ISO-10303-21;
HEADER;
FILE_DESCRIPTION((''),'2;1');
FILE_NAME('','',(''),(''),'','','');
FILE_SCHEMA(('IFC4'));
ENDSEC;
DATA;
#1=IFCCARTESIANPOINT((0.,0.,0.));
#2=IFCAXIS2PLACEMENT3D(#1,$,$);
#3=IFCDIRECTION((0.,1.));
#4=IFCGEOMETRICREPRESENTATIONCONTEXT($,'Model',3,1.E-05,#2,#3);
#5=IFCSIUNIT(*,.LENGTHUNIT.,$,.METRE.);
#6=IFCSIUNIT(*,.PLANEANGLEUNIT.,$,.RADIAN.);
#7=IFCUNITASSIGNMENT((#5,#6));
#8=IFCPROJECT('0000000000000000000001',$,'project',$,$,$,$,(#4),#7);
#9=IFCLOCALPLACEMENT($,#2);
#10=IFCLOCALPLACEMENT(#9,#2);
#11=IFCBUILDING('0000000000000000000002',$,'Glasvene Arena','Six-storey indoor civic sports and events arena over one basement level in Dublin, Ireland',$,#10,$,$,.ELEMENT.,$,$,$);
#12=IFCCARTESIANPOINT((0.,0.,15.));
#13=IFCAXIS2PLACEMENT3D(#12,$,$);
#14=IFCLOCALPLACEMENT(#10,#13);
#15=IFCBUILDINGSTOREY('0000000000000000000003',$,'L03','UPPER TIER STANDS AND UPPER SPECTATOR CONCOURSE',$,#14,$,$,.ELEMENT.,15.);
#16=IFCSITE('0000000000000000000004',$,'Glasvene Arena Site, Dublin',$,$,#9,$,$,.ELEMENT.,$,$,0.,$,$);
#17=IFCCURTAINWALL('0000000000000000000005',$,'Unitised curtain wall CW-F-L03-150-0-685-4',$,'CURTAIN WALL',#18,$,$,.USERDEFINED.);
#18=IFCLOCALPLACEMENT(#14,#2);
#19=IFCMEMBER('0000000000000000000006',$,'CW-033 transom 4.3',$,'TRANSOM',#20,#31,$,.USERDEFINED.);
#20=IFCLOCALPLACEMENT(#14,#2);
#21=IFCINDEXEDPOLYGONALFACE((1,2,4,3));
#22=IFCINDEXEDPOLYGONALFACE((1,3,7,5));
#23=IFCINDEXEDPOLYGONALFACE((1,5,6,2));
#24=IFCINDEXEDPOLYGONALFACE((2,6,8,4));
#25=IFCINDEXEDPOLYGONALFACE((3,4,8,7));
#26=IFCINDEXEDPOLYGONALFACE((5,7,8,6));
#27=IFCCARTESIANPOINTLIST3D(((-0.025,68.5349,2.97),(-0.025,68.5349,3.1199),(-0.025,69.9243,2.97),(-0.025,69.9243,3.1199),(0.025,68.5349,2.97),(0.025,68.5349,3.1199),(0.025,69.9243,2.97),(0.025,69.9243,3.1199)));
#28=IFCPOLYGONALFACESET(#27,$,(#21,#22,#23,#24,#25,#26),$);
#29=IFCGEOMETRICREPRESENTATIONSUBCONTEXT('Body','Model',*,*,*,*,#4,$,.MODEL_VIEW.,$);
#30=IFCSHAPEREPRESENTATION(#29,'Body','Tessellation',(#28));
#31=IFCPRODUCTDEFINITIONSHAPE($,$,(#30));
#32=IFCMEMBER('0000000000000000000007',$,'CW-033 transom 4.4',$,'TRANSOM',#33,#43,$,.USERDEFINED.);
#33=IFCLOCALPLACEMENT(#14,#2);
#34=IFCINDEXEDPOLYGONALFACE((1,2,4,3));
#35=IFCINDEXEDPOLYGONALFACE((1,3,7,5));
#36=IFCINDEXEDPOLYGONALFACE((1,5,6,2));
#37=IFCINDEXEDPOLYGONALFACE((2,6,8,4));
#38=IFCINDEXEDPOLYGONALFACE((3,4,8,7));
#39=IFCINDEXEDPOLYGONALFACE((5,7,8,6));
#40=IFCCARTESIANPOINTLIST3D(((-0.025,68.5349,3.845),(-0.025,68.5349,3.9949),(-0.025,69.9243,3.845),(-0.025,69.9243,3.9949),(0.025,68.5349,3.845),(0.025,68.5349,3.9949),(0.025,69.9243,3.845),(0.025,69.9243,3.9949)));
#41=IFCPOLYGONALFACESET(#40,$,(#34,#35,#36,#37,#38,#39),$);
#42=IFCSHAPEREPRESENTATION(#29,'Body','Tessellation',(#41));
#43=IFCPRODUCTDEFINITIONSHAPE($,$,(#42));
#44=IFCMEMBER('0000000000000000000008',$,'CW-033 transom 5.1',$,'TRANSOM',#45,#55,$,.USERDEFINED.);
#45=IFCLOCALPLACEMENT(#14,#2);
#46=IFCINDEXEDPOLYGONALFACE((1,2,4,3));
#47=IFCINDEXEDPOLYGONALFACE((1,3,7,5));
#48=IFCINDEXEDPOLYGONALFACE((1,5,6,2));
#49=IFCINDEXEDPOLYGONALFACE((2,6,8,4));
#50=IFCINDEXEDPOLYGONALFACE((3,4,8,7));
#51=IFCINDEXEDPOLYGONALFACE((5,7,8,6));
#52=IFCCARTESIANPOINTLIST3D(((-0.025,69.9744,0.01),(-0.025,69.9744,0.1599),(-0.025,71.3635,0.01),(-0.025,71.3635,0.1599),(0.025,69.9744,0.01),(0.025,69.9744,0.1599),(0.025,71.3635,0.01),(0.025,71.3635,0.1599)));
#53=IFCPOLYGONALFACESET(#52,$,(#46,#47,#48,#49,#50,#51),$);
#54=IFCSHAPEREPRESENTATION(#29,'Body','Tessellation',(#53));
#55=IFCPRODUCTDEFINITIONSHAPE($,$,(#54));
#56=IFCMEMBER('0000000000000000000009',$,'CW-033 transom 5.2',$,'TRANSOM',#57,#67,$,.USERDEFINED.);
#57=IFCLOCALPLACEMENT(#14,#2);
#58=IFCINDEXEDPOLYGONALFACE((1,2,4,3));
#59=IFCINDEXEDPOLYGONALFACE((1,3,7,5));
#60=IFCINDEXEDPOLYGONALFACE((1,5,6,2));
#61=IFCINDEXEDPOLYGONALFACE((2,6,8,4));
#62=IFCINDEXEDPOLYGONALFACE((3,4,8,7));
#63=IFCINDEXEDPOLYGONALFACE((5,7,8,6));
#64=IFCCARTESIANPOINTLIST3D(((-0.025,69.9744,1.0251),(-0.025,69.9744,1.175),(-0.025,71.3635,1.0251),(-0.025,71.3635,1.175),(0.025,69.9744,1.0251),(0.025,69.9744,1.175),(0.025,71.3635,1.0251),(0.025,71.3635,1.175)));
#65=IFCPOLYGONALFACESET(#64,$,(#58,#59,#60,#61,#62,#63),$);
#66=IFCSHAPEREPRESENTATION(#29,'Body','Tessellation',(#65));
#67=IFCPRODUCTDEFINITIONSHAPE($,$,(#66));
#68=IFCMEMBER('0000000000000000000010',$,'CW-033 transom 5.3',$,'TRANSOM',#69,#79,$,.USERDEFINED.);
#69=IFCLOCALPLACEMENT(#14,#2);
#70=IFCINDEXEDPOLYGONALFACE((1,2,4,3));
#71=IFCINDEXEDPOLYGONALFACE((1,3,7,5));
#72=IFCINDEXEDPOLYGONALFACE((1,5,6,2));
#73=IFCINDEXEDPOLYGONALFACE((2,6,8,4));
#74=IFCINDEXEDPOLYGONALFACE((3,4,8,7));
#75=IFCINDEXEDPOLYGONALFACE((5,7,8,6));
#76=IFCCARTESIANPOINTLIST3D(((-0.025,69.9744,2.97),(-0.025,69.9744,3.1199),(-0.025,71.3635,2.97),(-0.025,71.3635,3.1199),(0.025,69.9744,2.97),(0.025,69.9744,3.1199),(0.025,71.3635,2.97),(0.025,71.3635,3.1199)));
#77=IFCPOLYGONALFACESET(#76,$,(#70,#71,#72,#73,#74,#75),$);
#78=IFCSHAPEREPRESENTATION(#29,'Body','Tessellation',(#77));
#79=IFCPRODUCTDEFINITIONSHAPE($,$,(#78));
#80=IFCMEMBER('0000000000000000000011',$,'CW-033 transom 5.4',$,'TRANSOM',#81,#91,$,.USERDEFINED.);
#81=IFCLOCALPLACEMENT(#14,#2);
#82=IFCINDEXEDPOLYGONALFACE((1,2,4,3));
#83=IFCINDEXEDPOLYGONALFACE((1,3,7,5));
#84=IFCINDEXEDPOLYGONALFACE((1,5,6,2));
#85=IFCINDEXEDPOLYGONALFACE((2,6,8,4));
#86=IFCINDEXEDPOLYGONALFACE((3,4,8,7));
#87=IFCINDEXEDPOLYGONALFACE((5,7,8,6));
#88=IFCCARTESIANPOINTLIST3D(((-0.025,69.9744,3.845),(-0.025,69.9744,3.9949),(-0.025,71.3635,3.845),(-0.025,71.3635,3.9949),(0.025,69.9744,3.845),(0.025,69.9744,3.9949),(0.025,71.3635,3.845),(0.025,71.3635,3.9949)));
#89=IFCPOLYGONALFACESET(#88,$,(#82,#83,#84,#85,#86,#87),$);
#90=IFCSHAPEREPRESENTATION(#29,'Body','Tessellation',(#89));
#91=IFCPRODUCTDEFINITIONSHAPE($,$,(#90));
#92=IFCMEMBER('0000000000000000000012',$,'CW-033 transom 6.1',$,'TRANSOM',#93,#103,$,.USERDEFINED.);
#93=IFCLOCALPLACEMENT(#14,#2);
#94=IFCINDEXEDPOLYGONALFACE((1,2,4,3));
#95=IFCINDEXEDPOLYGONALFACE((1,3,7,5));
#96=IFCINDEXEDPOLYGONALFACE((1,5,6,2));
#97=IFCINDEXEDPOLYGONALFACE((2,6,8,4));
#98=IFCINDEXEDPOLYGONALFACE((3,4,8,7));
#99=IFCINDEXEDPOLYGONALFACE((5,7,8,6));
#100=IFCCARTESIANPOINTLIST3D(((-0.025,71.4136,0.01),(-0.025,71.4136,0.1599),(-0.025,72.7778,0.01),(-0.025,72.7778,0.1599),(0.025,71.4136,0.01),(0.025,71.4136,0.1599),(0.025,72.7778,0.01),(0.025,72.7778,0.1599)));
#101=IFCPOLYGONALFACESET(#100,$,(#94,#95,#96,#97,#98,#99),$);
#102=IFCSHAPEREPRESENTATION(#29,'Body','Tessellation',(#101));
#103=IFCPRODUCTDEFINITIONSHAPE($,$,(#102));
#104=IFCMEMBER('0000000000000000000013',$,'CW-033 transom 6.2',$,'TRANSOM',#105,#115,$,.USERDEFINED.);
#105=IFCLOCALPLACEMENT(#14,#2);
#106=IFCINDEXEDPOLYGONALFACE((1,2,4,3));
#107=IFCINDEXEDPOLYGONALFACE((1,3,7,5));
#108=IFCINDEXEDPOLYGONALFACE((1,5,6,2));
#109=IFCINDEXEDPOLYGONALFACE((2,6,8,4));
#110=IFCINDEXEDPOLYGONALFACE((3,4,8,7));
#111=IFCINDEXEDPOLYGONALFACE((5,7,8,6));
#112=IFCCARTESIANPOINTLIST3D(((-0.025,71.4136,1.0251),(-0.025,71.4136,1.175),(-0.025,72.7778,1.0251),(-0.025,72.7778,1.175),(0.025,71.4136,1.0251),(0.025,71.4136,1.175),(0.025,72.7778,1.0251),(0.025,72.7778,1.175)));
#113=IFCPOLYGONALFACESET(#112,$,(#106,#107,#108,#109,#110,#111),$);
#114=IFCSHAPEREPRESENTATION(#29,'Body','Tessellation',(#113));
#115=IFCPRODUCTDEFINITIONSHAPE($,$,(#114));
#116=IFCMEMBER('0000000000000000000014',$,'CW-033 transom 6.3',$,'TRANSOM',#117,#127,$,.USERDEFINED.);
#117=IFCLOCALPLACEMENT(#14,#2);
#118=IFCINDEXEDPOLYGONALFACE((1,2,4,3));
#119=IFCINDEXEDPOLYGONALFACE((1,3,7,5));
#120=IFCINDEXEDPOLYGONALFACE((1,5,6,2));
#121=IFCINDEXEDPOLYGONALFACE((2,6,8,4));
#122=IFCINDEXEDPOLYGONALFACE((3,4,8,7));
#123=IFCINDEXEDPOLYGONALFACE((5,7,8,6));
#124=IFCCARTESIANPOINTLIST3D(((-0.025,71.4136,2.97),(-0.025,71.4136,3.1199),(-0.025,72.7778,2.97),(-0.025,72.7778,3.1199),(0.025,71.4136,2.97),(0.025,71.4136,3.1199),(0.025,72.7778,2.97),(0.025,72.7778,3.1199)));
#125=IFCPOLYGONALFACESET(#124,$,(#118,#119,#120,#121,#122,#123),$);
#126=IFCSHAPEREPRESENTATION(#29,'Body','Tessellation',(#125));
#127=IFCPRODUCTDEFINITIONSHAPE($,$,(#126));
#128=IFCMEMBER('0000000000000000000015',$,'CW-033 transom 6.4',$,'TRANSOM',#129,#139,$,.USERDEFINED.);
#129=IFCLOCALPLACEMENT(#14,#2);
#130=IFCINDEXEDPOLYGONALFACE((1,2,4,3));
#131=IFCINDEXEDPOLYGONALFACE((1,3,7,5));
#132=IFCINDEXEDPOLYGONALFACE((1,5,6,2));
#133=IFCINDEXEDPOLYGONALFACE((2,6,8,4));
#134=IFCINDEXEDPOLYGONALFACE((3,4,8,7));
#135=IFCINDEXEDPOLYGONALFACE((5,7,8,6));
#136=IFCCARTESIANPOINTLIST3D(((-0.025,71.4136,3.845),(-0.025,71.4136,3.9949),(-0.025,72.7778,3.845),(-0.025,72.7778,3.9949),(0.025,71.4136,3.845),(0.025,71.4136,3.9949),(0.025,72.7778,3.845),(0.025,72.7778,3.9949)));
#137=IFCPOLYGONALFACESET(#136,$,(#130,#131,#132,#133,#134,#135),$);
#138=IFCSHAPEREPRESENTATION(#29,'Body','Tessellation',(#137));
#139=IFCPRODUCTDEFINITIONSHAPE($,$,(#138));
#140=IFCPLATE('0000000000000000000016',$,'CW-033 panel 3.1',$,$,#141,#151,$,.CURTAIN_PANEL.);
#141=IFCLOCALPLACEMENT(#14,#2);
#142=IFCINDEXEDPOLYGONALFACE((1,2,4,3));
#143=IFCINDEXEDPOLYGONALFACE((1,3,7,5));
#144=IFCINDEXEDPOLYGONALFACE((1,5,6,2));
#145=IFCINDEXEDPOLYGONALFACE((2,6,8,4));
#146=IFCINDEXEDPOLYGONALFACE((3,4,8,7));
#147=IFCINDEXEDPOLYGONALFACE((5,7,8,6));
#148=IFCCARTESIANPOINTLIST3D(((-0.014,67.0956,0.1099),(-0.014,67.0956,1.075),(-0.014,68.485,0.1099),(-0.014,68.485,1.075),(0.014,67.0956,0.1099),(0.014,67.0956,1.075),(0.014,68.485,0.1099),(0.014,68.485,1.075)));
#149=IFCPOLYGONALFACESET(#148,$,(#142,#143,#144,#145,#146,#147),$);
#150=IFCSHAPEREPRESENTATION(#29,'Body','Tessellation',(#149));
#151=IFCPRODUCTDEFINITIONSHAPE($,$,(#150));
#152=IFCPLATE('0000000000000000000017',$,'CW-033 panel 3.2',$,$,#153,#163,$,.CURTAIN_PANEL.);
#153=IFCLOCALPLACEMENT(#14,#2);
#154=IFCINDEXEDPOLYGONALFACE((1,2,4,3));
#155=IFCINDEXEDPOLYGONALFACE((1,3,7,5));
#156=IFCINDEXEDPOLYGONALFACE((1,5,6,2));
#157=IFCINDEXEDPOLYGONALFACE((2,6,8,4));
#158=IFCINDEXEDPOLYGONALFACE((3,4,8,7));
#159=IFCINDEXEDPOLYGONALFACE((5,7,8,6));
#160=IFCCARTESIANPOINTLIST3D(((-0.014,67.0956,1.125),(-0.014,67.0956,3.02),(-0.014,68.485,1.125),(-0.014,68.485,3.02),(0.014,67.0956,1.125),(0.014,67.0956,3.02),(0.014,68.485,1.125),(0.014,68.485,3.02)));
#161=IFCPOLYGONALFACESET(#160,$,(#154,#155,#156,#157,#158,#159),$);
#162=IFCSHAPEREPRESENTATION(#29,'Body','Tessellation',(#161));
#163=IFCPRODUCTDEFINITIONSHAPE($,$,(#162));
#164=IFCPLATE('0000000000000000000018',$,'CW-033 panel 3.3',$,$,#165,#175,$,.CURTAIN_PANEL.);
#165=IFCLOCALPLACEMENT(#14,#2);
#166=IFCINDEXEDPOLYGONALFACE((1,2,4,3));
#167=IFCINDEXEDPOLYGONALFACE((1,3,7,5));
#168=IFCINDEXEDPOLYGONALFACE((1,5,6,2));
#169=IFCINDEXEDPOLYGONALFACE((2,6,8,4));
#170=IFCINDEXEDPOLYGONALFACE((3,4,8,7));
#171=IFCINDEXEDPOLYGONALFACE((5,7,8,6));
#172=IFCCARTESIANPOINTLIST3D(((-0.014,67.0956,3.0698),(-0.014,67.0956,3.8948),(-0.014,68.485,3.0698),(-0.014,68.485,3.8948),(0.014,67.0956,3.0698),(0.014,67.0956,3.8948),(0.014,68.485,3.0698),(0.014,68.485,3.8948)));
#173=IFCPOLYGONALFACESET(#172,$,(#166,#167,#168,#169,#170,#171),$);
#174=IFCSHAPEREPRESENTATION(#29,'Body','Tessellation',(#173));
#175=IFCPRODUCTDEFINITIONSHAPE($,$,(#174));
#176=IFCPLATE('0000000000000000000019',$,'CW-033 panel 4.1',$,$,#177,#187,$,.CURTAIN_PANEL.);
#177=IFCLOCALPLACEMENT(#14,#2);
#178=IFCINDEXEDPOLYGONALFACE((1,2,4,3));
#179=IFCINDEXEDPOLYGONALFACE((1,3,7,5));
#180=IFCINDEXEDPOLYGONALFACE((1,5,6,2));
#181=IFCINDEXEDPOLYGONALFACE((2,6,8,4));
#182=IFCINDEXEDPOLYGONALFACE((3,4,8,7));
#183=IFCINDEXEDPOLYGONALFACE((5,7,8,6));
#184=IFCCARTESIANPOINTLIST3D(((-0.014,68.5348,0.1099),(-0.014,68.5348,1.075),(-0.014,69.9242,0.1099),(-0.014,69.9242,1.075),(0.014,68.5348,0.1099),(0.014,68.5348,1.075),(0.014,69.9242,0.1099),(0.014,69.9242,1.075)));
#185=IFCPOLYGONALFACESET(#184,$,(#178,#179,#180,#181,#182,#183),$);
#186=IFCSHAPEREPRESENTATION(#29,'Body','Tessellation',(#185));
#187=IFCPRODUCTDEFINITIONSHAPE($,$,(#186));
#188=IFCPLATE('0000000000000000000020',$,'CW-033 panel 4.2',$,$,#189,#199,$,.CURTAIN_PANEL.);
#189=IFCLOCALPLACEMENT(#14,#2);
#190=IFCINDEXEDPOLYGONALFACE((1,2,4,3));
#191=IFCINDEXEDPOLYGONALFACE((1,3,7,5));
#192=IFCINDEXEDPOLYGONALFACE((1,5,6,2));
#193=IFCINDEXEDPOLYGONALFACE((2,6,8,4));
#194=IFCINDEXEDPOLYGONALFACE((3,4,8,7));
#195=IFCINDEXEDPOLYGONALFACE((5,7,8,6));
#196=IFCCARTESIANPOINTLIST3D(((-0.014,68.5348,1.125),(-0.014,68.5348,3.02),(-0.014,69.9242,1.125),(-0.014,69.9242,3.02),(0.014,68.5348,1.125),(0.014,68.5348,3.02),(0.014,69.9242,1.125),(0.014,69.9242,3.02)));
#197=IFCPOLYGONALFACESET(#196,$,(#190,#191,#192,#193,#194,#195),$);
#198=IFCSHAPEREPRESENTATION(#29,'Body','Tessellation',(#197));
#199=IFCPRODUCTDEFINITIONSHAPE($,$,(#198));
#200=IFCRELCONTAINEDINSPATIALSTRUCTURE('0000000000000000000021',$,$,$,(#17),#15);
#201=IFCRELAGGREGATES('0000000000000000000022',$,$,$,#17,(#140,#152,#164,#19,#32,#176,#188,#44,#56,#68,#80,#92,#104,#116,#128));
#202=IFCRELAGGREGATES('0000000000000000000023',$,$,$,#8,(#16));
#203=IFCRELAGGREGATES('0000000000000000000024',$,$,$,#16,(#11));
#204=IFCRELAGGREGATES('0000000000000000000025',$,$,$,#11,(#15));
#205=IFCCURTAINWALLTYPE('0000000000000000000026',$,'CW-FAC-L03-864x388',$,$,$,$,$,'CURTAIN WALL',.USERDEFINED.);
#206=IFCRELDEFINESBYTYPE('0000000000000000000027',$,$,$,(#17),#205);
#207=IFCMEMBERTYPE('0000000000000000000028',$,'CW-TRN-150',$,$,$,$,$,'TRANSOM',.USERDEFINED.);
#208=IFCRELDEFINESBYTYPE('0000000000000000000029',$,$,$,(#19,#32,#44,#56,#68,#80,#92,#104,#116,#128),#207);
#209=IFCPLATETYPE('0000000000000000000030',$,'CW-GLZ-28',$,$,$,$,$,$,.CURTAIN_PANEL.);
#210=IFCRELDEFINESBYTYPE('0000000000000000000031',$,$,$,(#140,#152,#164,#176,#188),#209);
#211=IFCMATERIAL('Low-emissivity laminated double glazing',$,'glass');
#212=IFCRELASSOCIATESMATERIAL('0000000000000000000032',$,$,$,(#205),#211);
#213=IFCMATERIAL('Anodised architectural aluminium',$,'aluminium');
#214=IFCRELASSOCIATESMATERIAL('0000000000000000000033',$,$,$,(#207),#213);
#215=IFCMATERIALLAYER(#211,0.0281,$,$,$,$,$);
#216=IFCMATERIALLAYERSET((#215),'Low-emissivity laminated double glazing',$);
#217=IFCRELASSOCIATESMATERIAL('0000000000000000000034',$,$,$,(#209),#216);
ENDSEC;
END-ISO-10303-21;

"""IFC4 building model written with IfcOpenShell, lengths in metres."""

from ifc_helpers import new_model, si_unit, direction, frame, origin, origin_2d, place, context, subcontext, project, spatial, rectangle, extrude, material, layer, layer_set, material_profile, profile_set, type_object, element, aggregate, save


model = new_model("IFC4")

# Units and contexts
model_context = context("Model", 3, precision=1e-05, world=origin(), true_north=direction((0.0, 1.0)))
body_context = subcontext(model_context, "Body", "Model", "MODEL_VIEW")
ifc_project = project(units=[si_unit("LENGTHUNIT", "METRE"), si_unit("PLANEANGLEUNIT", "RADIAN")], contexts=[model_context])

# Site, building, storey
site_placement = place(None, origin())
site = spatial("IfcSite", under=ifc_project, at=site_placement, Name="Glasvene Arena Site, Dublin", CompositionType="ELEMENT", RefElevation=0.0)
building_placement = place(site_placement, origin())
building = spatial("IfcBuilding", under=site, at=building_placement, Name="Glasvene Arena", Description="Six-storey indoor civic sports and events arena over one basement level in Dublin, Ireland", CompositionType="ELEMENT")
storey_placement = place(building_placement, frame((0.0, 0.0, 15.0)))
storey = spatial("IfcBuildingStorey", under=building, at=storey_placement, Name="L03", Description="UPPER TIER STANDS AND UPPER SPECTATOR CONCOURSE", CompositionType="ELEMENT", Elevation=15.0)

# Curtain wall, members, plates
ifc_material_1 = material(Name="Low-emissivity laminated double glazing", Category="glass")
curtain_wall_type = type_object("IfcCurtainWallType", Name="CW-FAC-L03-864x388", ElementType="CURTAIN WALL", PredefinedType="USERDEFINED", material=ifc_material_1)
curtain_wall_placement = place(storey_placement, frame((0.0, 64.1919, 0.0)))
curtain_wall = element("IfcCurtainWall", 1, at=curtain_wall_placement, inside=storey, type_object=curtain_wall_type, Name="Unitised curtain wall CW-F-L03-150-0-685-4", ObjectType="CURTAIN WALL", PredefinedType="USERDEFINED")
ifc_material_2 = material(Name="Anodised architectural aluminium", Category="aluminium")
ifc_material_profile_1 = material_profile(ifc_material_2, rectangle(XDim=0.05, YDim=0.1499, at=origin_2d()), Name="ALU TRANSOM 50x150")
ifc_profile_set_1 = profile_set([ifc_material_profile_1], Name="Anodised architectural aluminium")
member_type_1 = type_object("IfcMemberType", Name="CW-TRN-150", ElementType="TRANSOM", PredefinedType="USERDEFINED", material=ifc_profile_set_1)
member_1_placement = place(storey_placement, frame((0.0, 68.5349, 3.0449), z_axis=(0.0, 1.0, 0.0), x_axis=(-1.0, 0.0, 0.0)))
member_1 = element("IfcMember", 2, at=member_1_placement, type_object=member_type_1, Name="CW-033 transom 4.3", ObjectType="TRANSOM", PredefinedType="USERDEFINED", context=body_context, shape_type="SweptSolid", body=[
    extrude(rectangle(XDim=0.05, YDim=0.1499, at=origin_2d()), origin(), (0.0, 0.0, 1.0), 1.3894),
])
member_2_placement = place(storey_placement, frame((0.0, 68.5349, 3.9199), z_axis=(0.0, 1.0, 0.0), x_axis=(-1.0, 0.0, 0.0)))
member_2 = element("IfcMember", 3, at=member_2_placement, type_object=member_type_1, Name="CW-033 transom 4.4", ObjectType="TRANSOM", PredefinedType="USERDEFINED", context=body_context, shape_type="SweptSolid", body=[
    extrude(rectangle(XDim=0.05, YDim=0.1499, at=origin_2d()), origin(), (0.0, 0.0, 1.0), 1.3894),
])
member_3_placement = place(storey_placement, frame((0.0, 69.9744, 0.085), z_axis=(0.0, 1.0, 0.0), x_axis=(-1.0, 0.0, 0.0)))
member_3 = element("IfcMember", 4, at=member_3_placement, type_object=member_type_1, Name="CW-033 transom 5.1", ObjectType="TRANSOM", PredefinedType="USERDEFINED", context=body_context, shape_type="SweptSolid", body=[
    extrude(rectangle(XDim=0.05, YDim=0.1499, at=origin_2d()), origin(), (0.0, 0.0, 1.0), 1.3892),
])
member_4_placement = place(storey_placement, frame((0.0, 69.9744, 1.1001), z_axis=(0.0, 1.0, 0.0), x_axis=(-1.0, 0.0, 0.0)))
member_4 = element("IfcMember", 5, at=member_4_placement, type_object=member_type_1, Name="CW-033 transom 5.2", ObjectType="TRANSOM", PredefinedType="USERDEFINED", context=body_context, shape_type="SweptSolid", body=[
    extrude(rectangle(XDim=0.05, YDim=0.1499, at=origin_2d()), origin(), (0.0, 0.0, 1.0), 1.3892),
])
member_5_placement = place(storey_placement, frame((0.0, 69.9744, 3.0449), z_axis=(0.0, 1.0, 0.0), x_axis=(-1.0, 0.0, 0.0)))
member_5 = element("IfcMember", 6, at=member_5_placement, type_object=member_type_1, Name="CW-033 transom 5.3", ObjectType="TRANSOM", PredefinedType="USERDEFINED", context=body_context, shape_type="SweptSolid", body=[
    extrude(rectangle(XDim=0.05, YDim=0.1499, at=origin_2d()), origin(), (0.0, 0.0, 1.0), 1.3892),
])
member_6_placement = place(storey_placement, frame((0.0, 69.9744, 3.9199), z_axis=(0.0, 1.0, 0.0), x_axis=(-1.0, 0.0, 0.0)))
member_6 = element("IfcMember", 7, at=member_6_placement, type_object=member_type_1, Name="CW-033 transom 5.4", ObjectType="TRANSOM", PredefinedType="USERDEFINED", context=body_context, shape_type="SweptSolid", body=[
    extrude(rectangle(XDim=0.05, YDim=0.1499, at=origin_2d()), origin(), (0.0, 0.0, 1.0), 1.3892),
])
member_7_placement = place(storey_placement, frame((0.0, 71.4136, 0.085), z_axis=(0.0, 1.0, 0.0), x_axis=(-1.0, 0.0, 0.0)))
member_7 = element("IfcMember", 8, at=member_7_placement, type_object=member_type_1, Name="CW-033 transom 6.1", ObjectType="TRANSOM", PredefinedType="USERDEFINED", context=body_context, shape_type="SweptSolid", body=[
    extrude(rectangle(XDim=0.05, YDim=0.1499, at=origin_2d()), origin(), (0.0, 0.0, 1.0), 1.3643),
])
member_8_placement = place(storey_placement, frame((0.0, 71.4136, 1.1001), z_axis=(0.0, 1.0, 0.0), x_axis=(-1.0, 0.0, 0.0)))
member_8 = element("IfcMember", 9, at=member_8_placement, type_object=member_type_1, Name="CW-033 transom 6.2", ObjectType="TRANSOM", PredefinedType="USERDEFINED", context=body_context, shape_type="SweptSolid", body=[
    extrude(rectangle(XDim=0.05, YDim=0.1499, at=origin_2d()), origin(), (0.0, 0.0, 1.0), 1.3643),
])
member_9_placement = place(storey_placement, frame((0.0, 71.4136, 3.0449), z_axis=(0.0, 1.0, 0.0), x_axis=(-1.0, 0.0, 0.0)))
member_9 = element("IfcMember", 10, at=member_9_placement, type_object=member_type_1, Name="CW-033 transom 6.3", ObjectType="TRANSOM", PredefinedType="USERDEFINED", context=body_context, shape_type="SweptSolid", body=[
    extrude(rectangle(XDim=0.05, YDim=0.1499, at=origin_2d()), origin(), (0.0, 0.0, 1.0), 1.3643),
])
member_10_placement = place(storey_placement, frame((0.0, 71.4136, 3.9199), z_axis=(0.0, 1.0, 0.0), x_axis=(-1.0, 0.0, 0.0)))
member_10 = element("IfcMember", 11, at=member_10_placement, type_object=member_type_1, Name="CW-033 transom 6.4", ObjectType="TRANSOM", PredefinedType="USERDEFINED", context=body_context, shape_type="SweptSolid", body=[
    extrude(rectangle(XDim=0.05, YDim=0.1499, at=origin_2d()), origin(), (0.0, 0.0, 1.0), 1.3643),
])
ifc_layer = layer(ifc_material_1, 0.0281)
ifc_layer_set = layer_set([ifc_layer], Name="Low-emissivity laminated double glazing")
plate_type = type_object("IfcPlateType", Name="CW-GLZ-28", PredefinedType="CURTAIN_PANEL", material=ifc_layer_set)
plate_1_placement = place(storey_placement, frame((0.0, 67.7903, 0.1099), z_axis=(0.0, 0.0, 1.0), x_axis=(0.0, 1.0, 0.0)))
plate_1 = element("IfcPlate", 12, at=plate_1_placement, type_object=plate_type, Name="CW-033 panel 3.1", PredefinedType="CURTAIN_PANEL", context=body_context, shape_type="SweptSolid", body=[
    extrude(rectangle(XDim=1.3894, YDim=0.0281, at=origin_2d()), origin(), (0.0, 0.0, 1.0), 0.9651),
])
plate_2_placement = place(storey_placement, frame((0.0, 67.7903, 1.125), z_axis=(0.0, 0.0, 1.0), x_axis=(0.0, 1.0, 0.0)))
plate_2 = element("IfcPlate", 13, at=plate_2_placement, type_object=plate_type, Name="CW-033 panel 3.2", PredefinedType="CURTAIN_PANEL", context=body_context, shape_type="SweptSolid", body=[
    extrude(rectangle(XDim=1.3894, YDim=0.0281, at=origin_2d()), origin(), (0.0, 0.0, 1.0), 1.895),
])
plate_3_placement = place(storey_placement, frame((0.0, 67.7903, 3.0698), z_axis=(0.0, 0.0, 1.0), x_axis=(0.0, 1.0, 0.0)))
plate_3 = element("IfcPlate", 14, at=plate_3_placement, type_object=plate_type, Name="CW-033 panel 3.3", PredefinedType="CURTAIN_PANEL", context=body_context, shape_type="SweptSolid", body=[
    extrude(rectangle(XDim=1.3894, YDim=0.0281, at=origin_2d()), origin(), (0.0, 0.0, 1.0), 0.825),
])
plate_4_placement = place(storey_placement, frame((0.0, 69.2295, 0.1099), z_axis=(0.0, 0.0, 1.0), x_axis=(0.0, 1.0, 0.0)))
plate_4 = element("IfcPlate", 15, at=plate_4_placement, type_object=plate_type, Name="CW-033 panel 4.1", PredefinedType="CURTAIN_PANEL", context=body_context, shape_type="SweptSolid", body=[
    extrude(rectangle(XDim=1.3894, YDim=0.0281, at=origin_2d()), origin(), (0.0, 0.0, 1.0), 0.9651),
])
plate_5_placement = place(storey_placement, frame((0.0, 69.2295, 1.125), z_axis=(0.0, 0.0, 1.0), x_axis=(0.0, 1.0, 0.0)))
plate_5 = element("IfcPlate", 16, at=plate_5_placement, type_object=plate_type, Name="CW-033 panel 4.2", PredefinedType="CURTAIN_PANEL", context=body_context, shape_type="SweptSolid", body=[
    extrude(rectangle(XDim=1.3894, YDim=0.0281, at=origin_2d()), origin(), (0.0, 0.0, 1.0), 1.895),
])
aggregate(curtain_wall, [plate_1, plate_2, plate_3, member_1, member_2, plate_4, plate_5, member_3, member_4, member_5, member_6, member_7, member_8, member_9, member_10])

save(model, "model.ifc")
